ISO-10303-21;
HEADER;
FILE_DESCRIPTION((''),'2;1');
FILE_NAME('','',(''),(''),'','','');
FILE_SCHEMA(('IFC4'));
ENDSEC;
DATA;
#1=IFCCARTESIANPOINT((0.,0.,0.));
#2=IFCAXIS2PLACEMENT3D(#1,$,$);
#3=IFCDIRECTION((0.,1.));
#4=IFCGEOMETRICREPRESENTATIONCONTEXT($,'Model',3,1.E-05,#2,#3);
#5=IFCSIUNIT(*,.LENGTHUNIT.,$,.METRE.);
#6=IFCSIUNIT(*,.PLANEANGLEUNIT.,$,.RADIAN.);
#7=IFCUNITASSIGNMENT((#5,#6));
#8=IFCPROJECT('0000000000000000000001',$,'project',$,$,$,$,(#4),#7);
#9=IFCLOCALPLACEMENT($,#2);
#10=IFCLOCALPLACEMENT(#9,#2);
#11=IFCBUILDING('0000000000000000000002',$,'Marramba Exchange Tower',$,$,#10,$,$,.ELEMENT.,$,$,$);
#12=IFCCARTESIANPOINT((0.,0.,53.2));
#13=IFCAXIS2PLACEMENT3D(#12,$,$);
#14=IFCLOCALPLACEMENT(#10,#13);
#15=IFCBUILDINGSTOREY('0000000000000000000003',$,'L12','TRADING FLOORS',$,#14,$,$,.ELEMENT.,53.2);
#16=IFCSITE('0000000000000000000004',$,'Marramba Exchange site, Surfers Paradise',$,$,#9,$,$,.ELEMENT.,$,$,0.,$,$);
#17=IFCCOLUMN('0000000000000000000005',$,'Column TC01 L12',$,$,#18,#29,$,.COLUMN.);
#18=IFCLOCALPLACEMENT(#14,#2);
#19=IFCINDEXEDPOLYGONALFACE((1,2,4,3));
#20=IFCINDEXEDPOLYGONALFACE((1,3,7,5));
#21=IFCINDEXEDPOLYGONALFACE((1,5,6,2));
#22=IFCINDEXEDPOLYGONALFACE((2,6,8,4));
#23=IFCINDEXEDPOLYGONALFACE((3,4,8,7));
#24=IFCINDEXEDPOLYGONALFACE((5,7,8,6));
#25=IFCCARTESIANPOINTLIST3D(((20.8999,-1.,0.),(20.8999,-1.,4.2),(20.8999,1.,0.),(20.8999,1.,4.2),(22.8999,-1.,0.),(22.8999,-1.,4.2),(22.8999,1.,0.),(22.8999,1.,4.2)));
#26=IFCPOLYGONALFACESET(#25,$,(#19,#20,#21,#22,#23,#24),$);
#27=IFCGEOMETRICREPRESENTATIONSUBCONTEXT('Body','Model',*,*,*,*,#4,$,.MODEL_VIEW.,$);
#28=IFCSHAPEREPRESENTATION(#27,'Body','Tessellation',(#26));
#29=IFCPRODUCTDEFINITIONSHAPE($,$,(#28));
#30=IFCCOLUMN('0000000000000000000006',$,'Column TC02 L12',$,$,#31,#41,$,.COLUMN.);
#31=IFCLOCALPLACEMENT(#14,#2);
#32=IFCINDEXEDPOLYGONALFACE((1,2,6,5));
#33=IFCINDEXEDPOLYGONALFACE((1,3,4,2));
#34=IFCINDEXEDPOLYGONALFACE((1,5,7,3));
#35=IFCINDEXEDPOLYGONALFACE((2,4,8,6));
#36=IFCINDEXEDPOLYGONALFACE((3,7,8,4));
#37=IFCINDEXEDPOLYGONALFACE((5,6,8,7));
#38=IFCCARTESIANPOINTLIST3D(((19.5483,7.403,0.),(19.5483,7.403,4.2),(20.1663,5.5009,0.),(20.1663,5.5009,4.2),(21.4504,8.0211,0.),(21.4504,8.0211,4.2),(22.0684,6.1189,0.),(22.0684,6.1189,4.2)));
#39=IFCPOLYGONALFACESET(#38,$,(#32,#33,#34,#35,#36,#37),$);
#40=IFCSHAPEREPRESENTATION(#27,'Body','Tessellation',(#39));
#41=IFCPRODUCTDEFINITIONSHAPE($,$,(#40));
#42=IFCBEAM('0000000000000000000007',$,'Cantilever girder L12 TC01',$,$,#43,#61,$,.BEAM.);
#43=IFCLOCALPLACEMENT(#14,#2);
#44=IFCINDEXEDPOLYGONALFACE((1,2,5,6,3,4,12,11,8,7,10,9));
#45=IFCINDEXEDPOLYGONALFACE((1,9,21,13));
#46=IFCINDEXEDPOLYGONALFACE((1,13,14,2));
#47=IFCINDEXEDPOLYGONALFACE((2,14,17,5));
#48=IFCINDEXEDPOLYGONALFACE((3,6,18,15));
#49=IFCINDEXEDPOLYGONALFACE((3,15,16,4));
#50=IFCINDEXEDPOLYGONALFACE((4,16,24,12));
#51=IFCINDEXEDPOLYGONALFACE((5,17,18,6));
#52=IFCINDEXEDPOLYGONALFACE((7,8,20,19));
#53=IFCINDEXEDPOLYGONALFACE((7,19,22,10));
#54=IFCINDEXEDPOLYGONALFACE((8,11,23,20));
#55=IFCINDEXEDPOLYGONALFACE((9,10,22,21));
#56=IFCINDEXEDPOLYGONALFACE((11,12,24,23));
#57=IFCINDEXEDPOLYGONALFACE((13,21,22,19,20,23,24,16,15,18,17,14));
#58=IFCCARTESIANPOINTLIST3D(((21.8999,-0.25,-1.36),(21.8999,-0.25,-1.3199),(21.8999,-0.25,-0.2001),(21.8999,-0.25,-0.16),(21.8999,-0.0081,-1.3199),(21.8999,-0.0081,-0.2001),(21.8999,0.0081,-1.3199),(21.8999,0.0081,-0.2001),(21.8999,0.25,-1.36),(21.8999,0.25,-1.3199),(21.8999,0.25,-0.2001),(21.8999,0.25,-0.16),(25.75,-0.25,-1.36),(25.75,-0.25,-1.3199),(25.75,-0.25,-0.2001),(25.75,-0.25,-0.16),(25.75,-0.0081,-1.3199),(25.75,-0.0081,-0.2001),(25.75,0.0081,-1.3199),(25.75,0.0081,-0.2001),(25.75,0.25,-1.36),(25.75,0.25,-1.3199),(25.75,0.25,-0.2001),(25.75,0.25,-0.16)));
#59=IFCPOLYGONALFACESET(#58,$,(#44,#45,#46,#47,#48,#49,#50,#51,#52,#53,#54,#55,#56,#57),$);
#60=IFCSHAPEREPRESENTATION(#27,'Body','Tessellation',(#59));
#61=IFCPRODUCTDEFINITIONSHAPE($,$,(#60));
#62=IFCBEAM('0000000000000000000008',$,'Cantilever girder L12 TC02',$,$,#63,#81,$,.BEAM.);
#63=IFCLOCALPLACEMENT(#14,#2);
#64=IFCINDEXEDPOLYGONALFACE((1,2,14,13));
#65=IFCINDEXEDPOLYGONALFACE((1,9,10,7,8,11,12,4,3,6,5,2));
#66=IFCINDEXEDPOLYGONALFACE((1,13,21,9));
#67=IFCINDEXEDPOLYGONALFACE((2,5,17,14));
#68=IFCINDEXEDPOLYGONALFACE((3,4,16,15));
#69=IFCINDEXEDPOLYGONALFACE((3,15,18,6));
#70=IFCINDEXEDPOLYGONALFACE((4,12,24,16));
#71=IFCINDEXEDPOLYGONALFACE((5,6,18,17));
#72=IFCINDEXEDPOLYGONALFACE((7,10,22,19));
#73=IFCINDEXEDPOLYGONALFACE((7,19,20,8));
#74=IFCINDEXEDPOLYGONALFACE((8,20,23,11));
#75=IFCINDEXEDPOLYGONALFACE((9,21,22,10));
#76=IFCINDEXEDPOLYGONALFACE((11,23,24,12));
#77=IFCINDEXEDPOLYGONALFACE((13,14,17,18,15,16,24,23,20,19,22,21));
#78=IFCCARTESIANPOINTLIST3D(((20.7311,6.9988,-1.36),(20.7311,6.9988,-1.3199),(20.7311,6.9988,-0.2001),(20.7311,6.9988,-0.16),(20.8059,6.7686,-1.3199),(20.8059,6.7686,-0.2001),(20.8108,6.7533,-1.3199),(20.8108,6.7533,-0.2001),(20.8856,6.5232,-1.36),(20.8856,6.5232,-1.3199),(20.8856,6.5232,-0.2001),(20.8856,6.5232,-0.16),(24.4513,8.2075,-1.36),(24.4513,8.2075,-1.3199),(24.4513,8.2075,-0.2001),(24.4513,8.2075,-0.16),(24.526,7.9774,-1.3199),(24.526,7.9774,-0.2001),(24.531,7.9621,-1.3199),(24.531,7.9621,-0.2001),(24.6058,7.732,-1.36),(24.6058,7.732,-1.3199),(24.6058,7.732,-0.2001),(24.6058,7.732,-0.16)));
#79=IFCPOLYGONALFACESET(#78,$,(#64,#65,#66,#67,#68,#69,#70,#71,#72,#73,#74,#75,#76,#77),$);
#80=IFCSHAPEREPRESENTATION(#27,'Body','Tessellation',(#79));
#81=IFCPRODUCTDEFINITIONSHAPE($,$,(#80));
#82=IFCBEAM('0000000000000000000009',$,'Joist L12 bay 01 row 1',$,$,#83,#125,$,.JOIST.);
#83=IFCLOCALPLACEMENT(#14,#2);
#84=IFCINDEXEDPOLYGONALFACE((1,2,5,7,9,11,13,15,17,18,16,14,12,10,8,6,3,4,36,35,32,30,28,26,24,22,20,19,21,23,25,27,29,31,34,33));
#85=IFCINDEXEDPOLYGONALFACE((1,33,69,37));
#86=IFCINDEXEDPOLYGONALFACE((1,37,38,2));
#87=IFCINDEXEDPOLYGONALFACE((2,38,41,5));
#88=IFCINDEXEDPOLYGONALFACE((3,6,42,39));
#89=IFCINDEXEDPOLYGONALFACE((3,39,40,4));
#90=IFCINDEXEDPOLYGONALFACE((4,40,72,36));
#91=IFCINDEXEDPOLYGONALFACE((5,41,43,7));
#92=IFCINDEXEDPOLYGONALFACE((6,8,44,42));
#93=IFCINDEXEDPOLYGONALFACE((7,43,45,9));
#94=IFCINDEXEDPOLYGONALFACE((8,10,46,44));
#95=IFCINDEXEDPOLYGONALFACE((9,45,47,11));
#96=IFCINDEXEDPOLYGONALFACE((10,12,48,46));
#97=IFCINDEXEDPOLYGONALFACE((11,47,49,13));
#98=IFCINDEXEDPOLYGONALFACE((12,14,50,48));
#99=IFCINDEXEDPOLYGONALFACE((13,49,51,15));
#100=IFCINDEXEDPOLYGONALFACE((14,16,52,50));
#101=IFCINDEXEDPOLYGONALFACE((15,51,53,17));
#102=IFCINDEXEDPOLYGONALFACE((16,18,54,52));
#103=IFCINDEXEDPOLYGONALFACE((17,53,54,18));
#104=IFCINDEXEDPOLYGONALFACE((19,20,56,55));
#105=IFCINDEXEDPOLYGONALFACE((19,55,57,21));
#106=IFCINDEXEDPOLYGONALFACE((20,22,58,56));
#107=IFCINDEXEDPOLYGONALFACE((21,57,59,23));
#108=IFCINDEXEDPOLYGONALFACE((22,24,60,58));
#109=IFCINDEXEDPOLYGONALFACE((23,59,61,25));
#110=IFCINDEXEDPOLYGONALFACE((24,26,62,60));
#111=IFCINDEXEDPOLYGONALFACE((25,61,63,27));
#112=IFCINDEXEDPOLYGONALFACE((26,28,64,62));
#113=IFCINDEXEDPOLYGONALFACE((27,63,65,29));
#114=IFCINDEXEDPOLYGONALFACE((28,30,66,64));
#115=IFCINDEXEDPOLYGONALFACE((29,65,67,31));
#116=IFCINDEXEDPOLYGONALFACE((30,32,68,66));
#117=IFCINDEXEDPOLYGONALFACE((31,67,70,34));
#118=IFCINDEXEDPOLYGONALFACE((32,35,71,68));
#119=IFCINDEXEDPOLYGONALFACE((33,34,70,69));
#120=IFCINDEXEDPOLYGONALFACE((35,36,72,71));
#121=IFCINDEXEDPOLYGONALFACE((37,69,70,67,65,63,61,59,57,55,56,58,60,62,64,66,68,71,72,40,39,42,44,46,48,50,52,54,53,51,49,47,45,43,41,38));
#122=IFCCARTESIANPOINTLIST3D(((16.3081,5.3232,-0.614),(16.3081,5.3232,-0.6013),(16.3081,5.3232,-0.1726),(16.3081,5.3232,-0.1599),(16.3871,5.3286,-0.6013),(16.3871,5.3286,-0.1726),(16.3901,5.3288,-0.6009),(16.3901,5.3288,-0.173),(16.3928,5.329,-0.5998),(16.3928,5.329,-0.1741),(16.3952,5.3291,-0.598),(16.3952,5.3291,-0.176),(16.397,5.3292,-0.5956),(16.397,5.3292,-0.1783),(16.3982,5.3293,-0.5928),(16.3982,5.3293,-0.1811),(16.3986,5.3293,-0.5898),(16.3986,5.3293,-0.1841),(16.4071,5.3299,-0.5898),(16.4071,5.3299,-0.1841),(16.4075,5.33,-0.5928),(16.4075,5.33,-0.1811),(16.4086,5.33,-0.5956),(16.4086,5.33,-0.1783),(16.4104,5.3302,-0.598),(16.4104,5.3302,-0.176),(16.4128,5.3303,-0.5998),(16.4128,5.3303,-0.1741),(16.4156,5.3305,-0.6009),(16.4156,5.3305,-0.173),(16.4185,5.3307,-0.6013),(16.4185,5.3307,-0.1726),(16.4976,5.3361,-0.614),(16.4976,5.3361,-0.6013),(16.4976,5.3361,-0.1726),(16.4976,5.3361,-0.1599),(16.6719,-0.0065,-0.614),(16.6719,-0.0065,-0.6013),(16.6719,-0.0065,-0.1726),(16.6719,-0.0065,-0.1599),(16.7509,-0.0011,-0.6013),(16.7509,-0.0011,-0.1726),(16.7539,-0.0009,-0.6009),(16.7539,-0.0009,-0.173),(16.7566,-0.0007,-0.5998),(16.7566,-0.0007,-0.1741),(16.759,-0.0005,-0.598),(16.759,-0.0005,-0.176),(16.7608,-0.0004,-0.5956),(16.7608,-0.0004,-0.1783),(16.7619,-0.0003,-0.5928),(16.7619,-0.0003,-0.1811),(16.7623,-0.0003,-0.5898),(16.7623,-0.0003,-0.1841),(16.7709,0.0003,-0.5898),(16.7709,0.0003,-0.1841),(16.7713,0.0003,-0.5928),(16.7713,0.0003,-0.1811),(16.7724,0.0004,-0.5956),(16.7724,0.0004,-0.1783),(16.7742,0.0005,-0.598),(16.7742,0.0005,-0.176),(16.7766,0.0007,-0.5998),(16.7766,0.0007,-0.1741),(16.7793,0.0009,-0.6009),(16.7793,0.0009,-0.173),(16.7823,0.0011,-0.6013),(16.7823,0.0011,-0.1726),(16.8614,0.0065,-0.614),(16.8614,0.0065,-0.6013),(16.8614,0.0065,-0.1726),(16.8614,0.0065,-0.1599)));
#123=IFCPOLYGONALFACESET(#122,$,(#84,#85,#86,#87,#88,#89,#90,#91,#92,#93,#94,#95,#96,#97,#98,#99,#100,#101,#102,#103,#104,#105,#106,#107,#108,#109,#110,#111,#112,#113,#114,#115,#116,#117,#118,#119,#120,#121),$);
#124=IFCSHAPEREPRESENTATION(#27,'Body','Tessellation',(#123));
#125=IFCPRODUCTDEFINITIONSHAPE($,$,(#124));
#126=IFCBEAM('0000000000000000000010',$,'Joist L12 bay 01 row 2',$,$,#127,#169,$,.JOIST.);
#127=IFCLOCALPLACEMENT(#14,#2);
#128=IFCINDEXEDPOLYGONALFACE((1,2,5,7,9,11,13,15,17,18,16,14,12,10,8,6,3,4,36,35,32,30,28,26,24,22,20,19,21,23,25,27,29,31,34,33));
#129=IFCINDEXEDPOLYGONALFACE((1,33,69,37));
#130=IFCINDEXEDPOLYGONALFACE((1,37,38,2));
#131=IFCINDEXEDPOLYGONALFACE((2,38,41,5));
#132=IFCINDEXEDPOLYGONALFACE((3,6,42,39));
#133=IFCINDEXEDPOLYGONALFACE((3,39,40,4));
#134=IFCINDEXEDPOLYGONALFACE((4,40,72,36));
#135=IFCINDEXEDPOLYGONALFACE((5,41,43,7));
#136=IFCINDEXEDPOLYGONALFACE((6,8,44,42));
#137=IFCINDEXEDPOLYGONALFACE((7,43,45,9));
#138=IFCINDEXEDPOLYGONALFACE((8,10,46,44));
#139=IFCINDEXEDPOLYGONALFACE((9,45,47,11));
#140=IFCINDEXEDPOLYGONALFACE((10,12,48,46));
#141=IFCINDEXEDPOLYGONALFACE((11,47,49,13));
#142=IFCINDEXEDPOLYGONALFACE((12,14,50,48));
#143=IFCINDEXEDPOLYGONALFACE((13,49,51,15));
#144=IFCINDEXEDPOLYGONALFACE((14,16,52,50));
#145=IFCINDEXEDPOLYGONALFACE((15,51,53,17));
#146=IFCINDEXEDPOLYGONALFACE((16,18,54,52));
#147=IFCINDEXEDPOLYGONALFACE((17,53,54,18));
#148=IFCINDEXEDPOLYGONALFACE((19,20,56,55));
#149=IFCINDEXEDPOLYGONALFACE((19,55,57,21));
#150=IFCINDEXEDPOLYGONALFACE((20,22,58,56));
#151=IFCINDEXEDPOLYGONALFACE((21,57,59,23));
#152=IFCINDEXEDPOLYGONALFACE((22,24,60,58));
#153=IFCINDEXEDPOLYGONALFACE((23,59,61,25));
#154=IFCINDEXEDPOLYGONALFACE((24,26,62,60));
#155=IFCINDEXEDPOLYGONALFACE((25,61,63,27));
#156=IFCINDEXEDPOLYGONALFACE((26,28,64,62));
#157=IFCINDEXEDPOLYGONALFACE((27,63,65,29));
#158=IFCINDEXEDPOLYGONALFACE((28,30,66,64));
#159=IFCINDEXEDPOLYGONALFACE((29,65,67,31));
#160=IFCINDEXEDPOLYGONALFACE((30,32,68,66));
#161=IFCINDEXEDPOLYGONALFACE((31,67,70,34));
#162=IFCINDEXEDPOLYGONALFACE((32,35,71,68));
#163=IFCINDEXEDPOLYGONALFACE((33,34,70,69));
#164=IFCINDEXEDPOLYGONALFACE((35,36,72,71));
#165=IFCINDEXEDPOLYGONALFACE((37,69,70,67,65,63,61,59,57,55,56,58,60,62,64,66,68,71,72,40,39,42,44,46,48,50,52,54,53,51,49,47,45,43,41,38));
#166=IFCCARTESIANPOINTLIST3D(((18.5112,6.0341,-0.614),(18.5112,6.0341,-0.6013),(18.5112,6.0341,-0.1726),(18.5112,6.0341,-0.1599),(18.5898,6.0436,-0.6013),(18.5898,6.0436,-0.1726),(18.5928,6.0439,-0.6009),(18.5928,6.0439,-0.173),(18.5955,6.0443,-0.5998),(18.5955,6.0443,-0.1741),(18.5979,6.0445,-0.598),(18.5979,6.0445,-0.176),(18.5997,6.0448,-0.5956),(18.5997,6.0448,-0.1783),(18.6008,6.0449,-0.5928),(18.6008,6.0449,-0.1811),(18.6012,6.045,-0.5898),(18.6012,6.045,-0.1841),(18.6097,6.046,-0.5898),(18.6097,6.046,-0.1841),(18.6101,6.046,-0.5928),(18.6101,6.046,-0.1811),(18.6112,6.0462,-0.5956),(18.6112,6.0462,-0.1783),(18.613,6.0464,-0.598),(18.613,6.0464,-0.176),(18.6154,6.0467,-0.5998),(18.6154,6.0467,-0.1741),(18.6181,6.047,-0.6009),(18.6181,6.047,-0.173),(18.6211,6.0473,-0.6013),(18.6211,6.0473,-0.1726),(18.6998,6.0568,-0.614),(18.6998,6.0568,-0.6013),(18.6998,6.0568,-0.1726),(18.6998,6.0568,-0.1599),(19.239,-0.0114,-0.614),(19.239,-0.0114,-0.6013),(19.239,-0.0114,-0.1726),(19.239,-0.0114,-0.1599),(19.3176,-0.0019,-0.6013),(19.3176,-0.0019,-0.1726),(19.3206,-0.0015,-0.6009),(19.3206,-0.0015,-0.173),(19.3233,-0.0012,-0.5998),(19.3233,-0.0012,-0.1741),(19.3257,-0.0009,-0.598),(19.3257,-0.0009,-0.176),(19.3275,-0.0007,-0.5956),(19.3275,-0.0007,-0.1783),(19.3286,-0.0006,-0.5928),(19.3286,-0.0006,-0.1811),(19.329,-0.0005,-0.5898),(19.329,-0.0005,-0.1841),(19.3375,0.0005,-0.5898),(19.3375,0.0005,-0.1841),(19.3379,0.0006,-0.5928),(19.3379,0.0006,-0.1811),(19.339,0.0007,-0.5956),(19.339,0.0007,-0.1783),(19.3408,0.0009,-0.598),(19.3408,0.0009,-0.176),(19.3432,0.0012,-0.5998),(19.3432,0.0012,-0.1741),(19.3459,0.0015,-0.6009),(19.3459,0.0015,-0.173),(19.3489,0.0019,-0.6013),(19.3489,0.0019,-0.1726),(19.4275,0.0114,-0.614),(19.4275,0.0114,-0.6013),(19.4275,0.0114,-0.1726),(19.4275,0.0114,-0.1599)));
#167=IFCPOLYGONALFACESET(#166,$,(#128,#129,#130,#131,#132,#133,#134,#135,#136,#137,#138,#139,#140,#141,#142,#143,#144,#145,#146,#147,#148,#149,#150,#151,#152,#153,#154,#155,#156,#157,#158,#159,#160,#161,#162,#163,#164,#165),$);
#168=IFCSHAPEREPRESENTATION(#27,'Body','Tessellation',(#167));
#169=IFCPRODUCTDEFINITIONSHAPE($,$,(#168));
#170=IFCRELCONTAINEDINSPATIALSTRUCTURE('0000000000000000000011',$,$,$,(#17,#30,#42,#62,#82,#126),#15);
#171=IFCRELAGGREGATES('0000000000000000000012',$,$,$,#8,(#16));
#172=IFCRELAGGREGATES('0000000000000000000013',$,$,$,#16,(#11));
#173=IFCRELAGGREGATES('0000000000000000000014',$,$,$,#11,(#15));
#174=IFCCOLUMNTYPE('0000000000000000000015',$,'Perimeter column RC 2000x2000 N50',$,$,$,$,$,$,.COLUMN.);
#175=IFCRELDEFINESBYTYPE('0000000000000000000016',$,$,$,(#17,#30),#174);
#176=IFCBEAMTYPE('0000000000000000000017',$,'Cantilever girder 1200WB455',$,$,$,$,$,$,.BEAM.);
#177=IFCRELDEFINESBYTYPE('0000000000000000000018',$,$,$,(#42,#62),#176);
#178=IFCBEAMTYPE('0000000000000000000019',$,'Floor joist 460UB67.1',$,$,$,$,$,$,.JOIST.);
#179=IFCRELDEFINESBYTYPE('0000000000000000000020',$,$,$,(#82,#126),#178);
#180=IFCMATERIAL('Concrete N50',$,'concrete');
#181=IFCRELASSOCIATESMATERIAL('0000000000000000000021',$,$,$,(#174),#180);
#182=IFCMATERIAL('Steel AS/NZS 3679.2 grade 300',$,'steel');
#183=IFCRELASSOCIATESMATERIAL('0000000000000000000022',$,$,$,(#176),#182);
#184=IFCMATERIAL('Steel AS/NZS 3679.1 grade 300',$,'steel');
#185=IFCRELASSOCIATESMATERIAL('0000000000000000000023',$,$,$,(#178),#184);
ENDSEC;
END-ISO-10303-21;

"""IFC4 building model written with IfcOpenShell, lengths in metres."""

from ifc_helpers import new_model, si_unit, direction, frame, origin, origin_2d, place, context, subcontext, project, spatial, rectangle, i_section, extrude, material, material_profile, profile_set, type_object, element, save


model = new_model("IFC4")

# Units and contexts
model_context = context("Model", 3, precision=1e-05, world=origin(), true_north=direction((0.0, 1.0)))
body_context = subcontext(model_context, "Body", "Model", "MODEL_VIEW")
ifc_project = project(units=[si_unit("LENGTHUNIT", "METRE"), si_unit("PLANEANGLEUNIT", "RADIAN")], contexts=[model_context])

# Site, building, storey
site_placement = place(None, origin())
site = spatial("IfcSite", under=ifc_project, at=site_placement, Name="Marramba Exchange site, Surfers Paradise", CompositionType="ELEMENT", RefElevation=0.0)
building_placement = place(site_placement, origin())
building = spatial("IfcBuilding", under=site, at=building_placement, Name="Marramba Exchange Tower", CompositionType="ELEMENT")
storey_placement = place(building_placement, frame((0.0, 0.0, 53.2)))
storey = spatial("IfcBuildingStorey", under=building, at=storey_placement, Name="L12", Description="TRADING FLOORS", CompositionType="ELEMENT", Elevation=53.2)

# Columns
ifc_material_1 = material(Name="Concrete N50", Category="concrete")
ifc_material_profile_1 = material_profile(ifc_material_1, rectangle(XDim=2.0, YDim=2.0, at=origin_2d()), Name="RC 2000x2000")
ifc_profile_set_1 = profile_set([ifc_material_profile_1], Name="Concrete N50")
column_type = type_object("IfcColumnType", Name="Perimeter column RC 2000x2000 N50", PredefinedType="COLUMN", material=ifc_profile_set_1)
for number, where, z_axis, x_axis, name in (
    (1, (21.8999, 0.0, 0.0), (0.0, 0.0, 1.0), (1.0, 0.0, 0.0), "Column TC01 L12"),
    (2, (20.8083, 6.761, 0.0), (0.0, 0.0, 1.0), (0.951057, 0.309017, 0.0), "Column TC02 L12"),
):
    element("IfcColumn", number, at=place(storey_placement, frame(where, z_axis=z_axis, x_axis=x_axis)), inside=storey, type_object=column_type, Name=name, PredefinedType="COLUMN", context=body_context, shape_type="SweptSolid", body=[
        extrude(rectangle(XDim=2.0, YDim=2.0, at=origin_2d()), origin(), (0.0, 0.0, 1.0), 4.2),
    ])

# Beams
ifc_material_2 = material(Name="Steel AS/NZS 3679.2 grade 300", Category="steel")
ifc_material_profile_2 = material_profile(ifc_material_2, i_section(OverallWidth=0.5, OverallDepth=1.2, WebThickness=0.0161, FlangeThickness=0.04, at=origin_2d()), Name="1200WB455")
ifc_profile_set_2 = profile_set([ifc_material_profile_2], Name="Steel AS/NZS 3679.2 grade 300")
beam_type_1 = type_object("IfcBeamType", Name="Cantilever girder 1200WB455", PredefinedType="BEAM", material=ifc_profile_set_2)
beam_1_placement = place(storey_placement, frame((21.8999, 0.0, -0.76), z_axis=(1.0, 0.0, 0.0), x_axis=(0.0, 1.0, 0.0)))
element("IfcBeam", 3, at=beam_1_placement, inside=storey, type_object=beam_type_1, Name="Cantilever girder L12 TC01", PredefinedType="BEAM", context=body_context, shape_type="SweptSolid", body=[
    extrude(i_section(OverallWidth=0.5, OverallDepth=1.2, WebThickness=0.0161, FlangeThickness=0.04, at=origin_2d()), origin(), (0.0, 0.0, 1.0), 3.8501),
])
beam_2_placement = place(storey_placement, frame((20.8083, 6.761, -0.76), z_axis=(0.951059, 0.30901, 0.0), x_axis=(-0.30901, 0.951059, 0.0)))
element("IfcBeam", 4, at=beam_2_placement, inside=storey, type_object=beam_type_1, Name="Cantilever girder L12 TC02", PredefinedType="BEAM", context=body_context, shape_type="SweptSolid", body=[
    extrude(i_section(OverallWidth=0.5, OverallDepth=1.2, WebThickness=0.0161, FlangeThickness=0.04, at=origin_2d()), origin(), (0.0, 0.0, 1.0), 3.9116),
])
ifc_material_3 = material(Name="Steel AS/NZS 3679.1 grade 300", Category="steel")
ifc_material_profile_3 = material_profile(ifc_material_3, i_section(OverallWidth=0.1899, OverallDepth=0.4541, WebThickness=0.0085, FlangeThickness=0.0127, FilletRadius=0.0115, at=origin_2d()), Name="460UB67.1")
ifc_profile_set_3 = profile_set([ifc_material_profile_3], Name="Steel AS/NZS 3679.1 grade 300")
beam_type_2 = type_object("IfcBeamType", Name="Floor joist 460UB67.1", PredefinedType="JOIST", material=ifc_profile_set_3)
beam_3_placement = place(storey_placement, frame((16.7666, 0.0, -0.387), z_axis=(-0.068096, 0.997679, 0.0), x_axis=(-0.997679, -0.068096, 0.0)))
element("IfcBeam", 5, at=beam_3_placement, inside=storey, type_object=beam_type_2, Name="Joist L12 bay 01 row 1", PredefinedType="JOIST", context=body_context, shape_type="SweptSolid", body=[
    extrude(i_section(OverallWidth=0.1899, OverallDepth=0.4541, WebThickness=0.0085, FlangeThickness=0.0127, FilletRadius=0.0115, at=origin_2d()), origin(), (0.0, 0.0, 1.0), 5.342),
])
beam_4_placement = place(storey_placement, frame((19.3333, 0.0, -0.387), z_axis=(-0.119523, 0.992831, 0.0), x_axis=(-0.992831, -0.119523, 0.0)))
element("IfcBeam", 6, at=beam_4_placement, inside=storey, type_object=beam_type_2, Name="Joist L12 bay 01 row 2", PredefinedType="JOIST", context=body_context, shape_type="SweptSolid", body=[
    extrude(i_section(OverallWidth=0.1899, OverallDepth=0.4541, WebThickness=0.0085, FlangeThickness=0.0127, FilletRadius=0.0115, at=origin_2d()), origin(), (0.0, 0.0, 1.0), 6.0891),
])

save(model, "model.ifc")
